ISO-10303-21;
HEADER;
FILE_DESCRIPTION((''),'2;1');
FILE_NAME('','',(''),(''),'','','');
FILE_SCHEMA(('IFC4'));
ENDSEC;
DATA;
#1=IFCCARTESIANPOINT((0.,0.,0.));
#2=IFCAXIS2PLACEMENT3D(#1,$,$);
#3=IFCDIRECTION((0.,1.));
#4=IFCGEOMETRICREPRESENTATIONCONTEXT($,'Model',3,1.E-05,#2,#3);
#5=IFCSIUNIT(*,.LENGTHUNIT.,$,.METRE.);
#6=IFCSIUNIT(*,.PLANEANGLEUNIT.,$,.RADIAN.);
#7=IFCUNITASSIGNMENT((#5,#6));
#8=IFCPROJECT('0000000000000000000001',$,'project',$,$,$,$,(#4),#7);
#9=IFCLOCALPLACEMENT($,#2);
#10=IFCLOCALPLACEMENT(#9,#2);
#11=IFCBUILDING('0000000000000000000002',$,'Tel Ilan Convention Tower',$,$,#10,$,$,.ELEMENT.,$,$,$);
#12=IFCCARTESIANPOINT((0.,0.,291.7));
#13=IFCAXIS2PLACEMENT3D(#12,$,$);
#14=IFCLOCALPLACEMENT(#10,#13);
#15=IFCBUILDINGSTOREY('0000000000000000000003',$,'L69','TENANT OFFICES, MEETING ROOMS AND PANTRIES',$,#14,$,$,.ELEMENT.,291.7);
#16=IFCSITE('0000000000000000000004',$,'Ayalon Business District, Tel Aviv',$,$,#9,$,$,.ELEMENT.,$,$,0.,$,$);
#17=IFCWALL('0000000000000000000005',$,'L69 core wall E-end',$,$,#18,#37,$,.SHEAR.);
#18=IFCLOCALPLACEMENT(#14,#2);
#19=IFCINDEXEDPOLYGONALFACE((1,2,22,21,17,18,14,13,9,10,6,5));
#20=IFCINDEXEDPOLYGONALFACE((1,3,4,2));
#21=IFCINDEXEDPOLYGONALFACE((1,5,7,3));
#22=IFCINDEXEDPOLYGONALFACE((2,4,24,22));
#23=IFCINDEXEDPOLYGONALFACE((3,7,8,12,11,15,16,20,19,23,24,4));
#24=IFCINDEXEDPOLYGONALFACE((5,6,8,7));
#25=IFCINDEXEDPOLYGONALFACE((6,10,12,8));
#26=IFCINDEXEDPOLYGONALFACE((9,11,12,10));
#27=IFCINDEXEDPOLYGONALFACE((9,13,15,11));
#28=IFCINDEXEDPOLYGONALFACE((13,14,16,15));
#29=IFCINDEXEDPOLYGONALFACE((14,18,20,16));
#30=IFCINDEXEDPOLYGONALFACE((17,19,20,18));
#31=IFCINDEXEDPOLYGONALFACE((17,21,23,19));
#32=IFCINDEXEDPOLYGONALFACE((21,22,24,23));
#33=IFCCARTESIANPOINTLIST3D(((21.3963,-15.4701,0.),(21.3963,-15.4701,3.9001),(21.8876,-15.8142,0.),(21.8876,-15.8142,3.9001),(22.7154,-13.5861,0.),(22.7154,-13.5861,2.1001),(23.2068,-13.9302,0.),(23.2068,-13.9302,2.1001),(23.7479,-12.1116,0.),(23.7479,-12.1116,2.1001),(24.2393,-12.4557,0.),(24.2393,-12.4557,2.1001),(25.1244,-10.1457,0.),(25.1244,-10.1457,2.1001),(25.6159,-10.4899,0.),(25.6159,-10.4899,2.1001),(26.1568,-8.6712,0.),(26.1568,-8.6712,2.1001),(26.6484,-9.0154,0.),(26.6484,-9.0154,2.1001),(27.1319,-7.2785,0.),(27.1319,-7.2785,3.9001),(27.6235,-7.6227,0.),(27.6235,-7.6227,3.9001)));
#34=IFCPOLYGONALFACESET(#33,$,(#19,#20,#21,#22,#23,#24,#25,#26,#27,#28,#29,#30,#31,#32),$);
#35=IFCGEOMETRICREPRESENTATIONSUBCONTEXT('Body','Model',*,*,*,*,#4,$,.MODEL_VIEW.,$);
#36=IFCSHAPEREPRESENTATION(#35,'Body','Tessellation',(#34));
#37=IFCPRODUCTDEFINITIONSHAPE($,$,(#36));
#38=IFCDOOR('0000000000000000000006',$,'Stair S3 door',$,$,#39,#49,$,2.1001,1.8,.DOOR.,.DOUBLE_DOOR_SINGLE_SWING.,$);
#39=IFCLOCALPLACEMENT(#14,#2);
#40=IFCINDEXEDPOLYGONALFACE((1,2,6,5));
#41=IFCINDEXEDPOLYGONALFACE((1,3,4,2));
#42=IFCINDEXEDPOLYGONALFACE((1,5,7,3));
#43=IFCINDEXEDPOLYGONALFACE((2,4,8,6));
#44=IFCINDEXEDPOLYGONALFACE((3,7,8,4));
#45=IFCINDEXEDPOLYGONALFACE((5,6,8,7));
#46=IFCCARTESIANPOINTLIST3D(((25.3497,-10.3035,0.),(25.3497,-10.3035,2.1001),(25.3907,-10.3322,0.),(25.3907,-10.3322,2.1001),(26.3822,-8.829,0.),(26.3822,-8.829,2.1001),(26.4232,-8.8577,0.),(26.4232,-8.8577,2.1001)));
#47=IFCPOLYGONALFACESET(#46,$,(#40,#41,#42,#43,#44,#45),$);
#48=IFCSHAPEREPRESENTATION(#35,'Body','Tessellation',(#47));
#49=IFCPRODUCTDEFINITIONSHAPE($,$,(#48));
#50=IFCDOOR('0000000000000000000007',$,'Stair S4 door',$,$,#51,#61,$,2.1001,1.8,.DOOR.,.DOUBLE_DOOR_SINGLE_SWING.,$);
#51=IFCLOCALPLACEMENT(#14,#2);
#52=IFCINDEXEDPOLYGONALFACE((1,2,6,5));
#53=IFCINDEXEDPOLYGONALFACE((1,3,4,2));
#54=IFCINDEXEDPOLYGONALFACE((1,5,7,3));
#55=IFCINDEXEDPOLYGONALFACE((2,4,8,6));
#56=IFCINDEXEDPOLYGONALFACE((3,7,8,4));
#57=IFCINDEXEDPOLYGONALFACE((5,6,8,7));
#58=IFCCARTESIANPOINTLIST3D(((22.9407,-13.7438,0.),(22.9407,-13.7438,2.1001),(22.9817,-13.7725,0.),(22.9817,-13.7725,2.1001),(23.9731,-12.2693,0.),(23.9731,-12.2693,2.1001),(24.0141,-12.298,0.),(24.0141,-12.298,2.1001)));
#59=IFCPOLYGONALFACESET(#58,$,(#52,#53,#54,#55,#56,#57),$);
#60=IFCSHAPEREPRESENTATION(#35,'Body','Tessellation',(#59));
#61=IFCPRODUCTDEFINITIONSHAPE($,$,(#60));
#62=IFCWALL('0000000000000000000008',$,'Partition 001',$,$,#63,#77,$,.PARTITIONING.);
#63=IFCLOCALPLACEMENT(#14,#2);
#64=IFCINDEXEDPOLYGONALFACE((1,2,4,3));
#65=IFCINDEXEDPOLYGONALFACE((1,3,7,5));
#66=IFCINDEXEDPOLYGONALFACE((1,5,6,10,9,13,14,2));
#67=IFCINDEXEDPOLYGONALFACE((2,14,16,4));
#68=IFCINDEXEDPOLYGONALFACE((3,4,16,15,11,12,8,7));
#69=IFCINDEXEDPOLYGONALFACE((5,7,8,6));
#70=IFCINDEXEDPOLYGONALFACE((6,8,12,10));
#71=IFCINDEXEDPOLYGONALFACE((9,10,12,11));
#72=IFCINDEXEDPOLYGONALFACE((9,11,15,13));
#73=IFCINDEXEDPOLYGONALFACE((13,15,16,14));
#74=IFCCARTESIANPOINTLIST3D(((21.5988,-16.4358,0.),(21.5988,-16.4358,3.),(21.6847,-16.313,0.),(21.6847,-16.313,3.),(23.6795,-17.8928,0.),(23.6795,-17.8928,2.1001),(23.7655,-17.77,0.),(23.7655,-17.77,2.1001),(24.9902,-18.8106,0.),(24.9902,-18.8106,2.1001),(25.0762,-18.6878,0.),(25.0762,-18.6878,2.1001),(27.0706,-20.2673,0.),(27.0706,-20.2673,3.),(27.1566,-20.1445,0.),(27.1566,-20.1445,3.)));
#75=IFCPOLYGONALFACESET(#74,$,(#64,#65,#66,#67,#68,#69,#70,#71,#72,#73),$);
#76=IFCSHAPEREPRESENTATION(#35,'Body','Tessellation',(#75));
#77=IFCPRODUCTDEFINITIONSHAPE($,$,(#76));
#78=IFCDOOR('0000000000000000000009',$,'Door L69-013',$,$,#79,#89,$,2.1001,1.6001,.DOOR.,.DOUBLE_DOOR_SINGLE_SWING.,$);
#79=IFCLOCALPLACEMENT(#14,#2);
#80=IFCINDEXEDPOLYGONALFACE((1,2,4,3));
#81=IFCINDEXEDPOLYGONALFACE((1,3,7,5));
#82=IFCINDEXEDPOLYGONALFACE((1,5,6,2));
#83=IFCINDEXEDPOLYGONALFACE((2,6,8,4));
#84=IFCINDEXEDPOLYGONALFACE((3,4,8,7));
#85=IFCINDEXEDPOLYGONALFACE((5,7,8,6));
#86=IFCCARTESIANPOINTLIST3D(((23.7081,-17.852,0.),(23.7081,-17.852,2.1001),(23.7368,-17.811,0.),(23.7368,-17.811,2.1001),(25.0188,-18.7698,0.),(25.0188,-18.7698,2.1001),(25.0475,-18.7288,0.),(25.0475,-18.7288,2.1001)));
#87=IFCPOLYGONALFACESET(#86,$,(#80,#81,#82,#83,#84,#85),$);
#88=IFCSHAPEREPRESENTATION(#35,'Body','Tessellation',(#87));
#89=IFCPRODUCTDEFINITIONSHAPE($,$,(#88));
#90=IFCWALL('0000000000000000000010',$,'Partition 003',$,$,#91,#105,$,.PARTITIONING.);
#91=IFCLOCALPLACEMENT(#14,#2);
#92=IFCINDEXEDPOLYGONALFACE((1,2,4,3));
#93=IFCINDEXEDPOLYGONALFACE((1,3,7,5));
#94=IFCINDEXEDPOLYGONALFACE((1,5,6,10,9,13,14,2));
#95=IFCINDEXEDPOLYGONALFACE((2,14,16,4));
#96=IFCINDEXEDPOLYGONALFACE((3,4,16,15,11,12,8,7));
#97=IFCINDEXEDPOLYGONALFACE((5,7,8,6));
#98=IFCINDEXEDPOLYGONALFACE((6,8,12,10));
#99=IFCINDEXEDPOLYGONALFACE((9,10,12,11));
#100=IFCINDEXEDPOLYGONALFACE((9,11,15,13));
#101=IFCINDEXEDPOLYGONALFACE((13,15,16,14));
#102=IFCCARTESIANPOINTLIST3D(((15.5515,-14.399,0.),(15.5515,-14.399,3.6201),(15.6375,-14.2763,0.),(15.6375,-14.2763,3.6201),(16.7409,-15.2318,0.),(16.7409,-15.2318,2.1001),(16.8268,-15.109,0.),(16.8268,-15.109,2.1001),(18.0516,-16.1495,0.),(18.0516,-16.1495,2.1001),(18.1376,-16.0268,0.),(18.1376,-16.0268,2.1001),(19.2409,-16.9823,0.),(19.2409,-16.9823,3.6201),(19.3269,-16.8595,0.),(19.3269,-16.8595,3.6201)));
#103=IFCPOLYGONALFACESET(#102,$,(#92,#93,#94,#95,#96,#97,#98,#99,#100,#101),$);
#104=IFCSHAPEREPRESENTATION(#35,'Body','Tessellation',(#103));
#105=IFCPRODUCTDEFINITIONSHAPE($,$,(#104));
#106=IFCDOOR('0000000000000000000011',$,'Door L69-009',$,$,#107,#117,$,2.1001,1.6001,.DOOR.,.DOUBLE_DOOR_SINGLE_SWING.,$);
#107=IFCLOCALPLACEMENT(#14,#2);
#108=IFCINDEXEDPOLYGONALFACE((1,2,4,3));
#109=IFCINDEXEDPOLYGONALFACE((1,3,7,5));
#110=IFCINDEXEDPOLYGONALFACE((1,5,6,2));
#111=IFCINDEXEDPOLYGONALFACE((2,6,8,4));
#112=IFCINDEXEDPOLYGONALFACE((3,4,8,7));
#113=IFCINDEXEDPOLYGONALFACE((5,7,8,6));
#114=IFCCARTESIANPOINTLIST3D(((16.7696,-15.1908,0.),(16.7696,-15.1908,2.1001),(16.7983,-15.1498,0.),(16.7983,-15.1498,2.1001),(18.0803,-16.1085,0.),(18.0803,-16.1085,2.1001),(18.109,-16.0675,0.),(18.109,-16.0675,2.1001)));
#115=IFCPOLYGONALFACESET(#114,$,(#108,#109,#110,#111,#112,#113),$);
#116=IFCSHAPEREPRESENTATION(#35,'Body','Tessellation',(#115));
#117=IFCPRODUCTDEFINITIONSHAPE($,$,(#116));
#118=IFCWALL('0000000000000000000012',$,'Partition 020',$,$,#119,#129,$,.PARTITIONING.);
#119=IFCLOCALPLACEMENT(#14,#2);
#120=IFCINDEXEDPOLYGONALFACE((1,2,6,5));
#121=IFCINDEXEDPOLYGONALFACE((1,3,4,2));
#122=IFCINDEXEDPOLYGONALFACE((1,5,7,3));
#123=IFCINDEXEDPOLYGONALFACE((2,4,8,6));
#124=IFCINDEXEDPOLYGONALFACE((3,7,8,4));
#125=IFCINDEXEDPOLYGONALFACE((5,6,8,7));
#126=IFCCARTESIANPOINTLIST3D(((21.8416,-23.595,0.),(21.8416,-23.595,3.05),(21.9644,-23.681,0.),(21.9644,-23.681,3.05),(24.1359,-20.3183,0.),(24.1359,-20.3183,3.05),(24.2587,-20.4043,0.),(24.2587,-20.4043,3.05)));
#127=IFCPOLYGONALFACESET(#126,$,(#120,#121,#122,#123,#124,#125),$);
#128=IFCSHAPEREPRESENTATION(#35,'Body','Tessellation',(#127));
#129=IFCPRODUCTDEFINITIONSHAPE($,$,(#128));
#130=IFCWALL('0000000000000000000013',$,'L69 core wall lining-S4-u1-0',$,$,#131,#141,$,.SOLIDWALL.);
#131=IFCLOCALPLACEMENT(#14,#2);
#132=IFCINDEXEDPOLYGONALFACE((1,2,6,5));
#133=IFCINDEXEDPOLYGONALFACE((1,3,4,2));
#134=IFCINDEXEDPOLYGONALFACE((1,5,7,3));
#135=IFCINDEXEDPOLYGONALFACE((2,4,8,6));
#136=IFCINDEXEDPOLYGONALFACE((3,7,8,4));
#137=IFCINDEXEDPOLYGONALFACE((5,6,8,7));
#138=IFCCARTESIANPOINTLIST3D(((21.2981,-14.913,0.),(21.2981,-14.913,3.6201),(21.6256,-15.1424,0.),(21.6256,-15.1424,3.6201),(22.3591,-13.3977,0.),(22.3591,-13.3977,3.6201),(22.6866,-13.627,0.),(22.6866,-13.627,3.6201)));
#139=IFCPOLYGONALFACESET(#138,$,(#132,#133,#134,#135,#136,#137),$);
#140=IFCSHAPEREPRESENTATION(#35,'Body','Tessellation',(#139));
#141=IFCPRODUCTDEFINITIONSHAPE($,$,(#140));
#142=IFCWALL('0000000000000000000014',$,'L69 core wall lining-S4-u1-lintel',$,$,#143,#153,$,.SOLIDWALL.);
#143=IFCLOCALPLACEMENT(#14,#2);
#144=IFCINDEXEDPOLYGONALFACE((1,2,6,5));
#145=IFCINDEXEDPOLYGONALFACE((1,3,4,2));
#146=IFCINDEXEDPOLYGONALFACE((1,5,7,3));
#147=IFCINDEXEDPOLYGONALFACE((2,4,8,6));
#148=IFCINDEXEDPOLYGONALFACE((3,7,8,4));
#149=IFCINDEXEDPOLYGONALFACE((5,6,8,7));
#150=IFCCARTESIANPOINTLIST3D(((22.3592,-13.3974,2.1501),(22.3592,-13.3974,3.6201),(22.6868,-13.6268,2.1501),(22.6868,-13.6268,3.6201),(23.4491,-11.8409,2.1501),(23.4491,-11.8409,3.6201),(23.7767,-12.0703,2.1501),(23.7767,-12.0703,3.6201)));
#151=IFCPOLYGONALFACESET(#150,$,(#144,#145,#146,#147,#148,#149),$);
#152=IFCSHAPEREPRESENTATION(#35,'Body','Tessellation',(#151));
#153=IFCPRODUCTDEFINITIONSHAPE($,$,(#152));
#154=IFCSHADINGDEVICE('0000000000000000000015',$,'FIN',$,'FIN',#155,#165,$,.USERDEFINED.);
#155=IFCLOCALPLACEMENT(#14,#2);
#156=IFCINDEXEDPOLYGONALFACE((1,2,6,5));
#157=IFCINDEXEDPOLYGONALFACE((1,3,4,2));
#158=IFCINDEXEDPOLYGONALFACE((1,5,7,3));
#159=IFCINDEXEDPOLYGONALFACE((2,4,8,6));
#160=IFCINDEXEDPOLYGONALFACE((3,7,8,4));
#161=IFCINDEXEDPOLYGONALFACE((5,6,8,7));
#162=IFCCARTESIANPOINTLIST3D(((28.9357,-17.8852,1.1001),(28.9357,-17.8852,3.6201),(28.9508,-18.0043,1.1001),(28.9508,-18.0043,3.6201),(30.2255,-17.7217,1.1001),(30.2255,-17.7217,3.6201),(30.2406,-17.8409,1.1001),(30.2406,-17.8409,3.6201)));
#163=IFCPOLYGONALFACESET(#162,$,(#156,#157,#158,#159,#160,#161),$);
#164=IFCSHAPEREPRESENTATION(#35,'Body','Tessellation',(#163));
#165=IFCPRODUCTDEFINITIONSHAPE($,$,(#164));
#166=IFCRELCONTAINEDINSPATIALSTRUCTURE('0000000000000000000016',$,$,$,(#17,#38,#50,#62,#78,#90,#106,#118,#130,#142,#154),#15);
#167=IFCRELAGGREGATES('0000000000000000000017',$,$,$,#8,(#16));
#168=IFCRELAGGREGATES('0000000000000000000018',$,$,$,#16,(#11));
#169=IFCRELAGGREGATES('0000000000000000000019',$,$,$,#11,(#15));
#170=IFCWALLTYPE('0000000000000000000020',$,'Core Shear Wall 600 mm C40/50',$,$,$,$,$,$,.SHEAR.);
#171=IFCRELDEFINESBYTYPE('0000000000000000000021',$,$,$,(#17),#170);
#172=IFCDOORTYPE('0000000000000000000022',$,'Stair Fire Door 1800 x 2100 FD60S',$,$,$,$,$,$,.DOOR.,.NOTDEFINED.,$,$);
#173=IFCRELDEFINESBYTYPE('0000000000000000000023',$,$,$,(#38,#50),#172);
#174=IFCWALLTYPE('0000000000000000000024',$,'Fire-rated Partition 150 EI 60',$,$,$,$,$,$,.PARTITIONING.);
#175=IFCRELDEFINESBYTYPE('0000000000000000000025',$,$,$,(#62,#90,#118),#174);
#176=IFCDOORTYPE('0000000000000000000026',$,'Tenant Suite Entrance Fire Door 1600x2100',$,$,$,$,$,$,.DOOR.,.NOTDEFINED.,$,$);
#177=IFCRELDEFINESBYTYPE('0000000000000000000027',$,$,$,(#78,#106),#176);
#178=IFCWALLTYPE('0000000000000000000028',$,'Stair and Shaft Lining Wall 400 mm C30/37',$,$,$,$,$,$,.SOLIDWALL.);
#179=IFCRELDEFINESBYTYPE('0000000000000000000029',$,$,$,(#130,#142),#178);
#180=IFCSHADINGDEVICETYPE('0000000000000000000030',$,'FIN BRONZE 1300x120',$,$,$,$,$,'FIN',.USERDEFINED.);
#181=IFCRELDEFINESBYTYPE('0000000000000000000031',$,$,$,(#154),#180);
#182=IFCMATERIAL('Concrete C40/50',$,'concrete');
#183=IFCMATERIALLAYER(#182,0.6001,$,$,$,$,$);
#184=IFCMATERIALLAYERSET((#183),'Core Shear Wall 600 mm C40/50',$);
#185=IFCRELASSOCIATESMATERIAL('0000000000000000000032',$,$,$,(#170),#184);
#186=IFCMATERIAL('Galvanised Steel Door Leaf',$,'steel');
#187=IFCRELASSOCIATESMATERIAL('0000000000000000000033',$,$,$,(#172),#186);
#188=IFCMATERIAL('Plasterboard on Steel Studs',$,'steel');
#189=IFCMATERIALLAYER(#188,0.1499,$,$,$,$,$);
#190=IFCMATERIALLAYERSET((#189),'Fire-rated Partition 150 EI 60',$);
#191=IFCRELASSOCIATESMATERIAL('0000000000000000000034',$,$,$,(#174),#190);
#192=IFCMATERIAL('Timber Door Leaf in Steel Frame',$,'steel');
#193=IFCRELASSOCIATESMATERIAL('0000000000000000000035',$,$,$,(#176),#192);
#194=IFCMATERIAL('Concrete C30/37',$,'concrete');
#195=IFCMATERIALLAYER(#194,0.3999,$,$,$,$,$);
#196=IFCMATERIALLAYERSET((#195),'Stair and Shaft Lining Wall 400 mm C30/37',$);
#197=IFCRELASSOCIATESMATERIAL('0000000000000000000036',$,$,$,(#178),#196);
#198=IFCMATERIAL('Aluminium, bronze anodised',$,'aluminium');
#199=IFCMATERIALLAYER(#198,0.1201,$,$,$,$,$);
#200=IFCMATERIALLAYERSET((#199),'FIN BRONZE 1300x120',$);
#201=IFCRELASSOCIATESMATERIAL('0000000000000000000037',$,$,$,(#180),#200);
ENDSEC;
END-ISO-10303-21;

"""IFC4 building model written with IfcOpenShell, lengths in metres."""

from ifc_helpers import new_model, si_unit, direction, frame, frame_2d, origin, origin_2d, place, context, subcontext, project, spatial, polyline, rectangle, outline, extrude, material, layer, layer_set, type_object, element, fill, save


model = new_model("IFC4")

# Units and contexts
model_context = context("Model", 3, precision=1e-05, world=origin(), true_north=direction((0.0, 1.0)))
body_context = subcontext(model_context, "Body", "Model", "MODEL_VIEW")
ifc_project = project(units=[si_unit("LENGTHUNIT", "METRE"), si_unit("PLANEANGLEUNIT", "RADIAN")], contexts=[model_context])

# Site, building, storey
site_placement = place(None, origin())
site = spatial("IfcSite", under=ifc_project, at=site_placement, Name="Ayalon Business District, Tel Aviv", CompositionType="ELEMENT", RefElevation=0.0)
building_placement = place(site_placement, origin())
building = spatial("IfcBuilding", under=site, at=building_placement, Name="Tel Ilan Convention Tower", CompositionType="ELEMENT")
storey_placement = place(building_placement, frame((0.0, 0.0, 291.7)))
storey = spatial("IfcBuildingStorey", under=building, at=storey_placement, Name="L69", Description="TENANT OFFICES, MEETING ROOMS AND PANTRIES", CompositionType="ELEMENT", Elevation=291.7)

# Wall, openings, doors
ifc_material_1 = material(Name="Concrete C40/50", Category="concrete")
ifc_layer_1 = layer(ifc_material_1, 0.6001)
ifc_layer_set_1 = layer_set([ifc_layer_1], Name="Core Shear Wall 600 mm C40/50")
wall_type_1 = type_object("IfcWallType", Name="Core Shear Wall 600 mm C40/50", PredefinedType="SHEAR", material=ifc_layer_set_1)
wall_1_placement = place(storey_placement, frame((21.6418, -15.6421, 0.0), z_axis=(0.0, 0.0, 1.0), x_axis=(0.573587, 0.819145, 0.0)))
wall_1 = element("IfcWall", 1, at=wall_1_placement, inside=storey, type_object=wall_type_1, Name="L69 core wall E-end", PredefinedType="SHEAR", context=body_context, shape_type="SweptSolid", body=[
    extrude(outline(polyline([(10.0, 0.3), (0.0, 0.2998), (0.0, -0.3), (10.0, -0.3), (10.0, 0.3)])), origin(), (0.0, 0.0, 1.0), 3.9001),
])
opening_1_placement = place(wall_1_placement, frame((6.5, 0.0, 0.0)))
opening_1 = element("IfcOpeningElement", 2, at=opening_1_placement, cuts=wall_1, PredefinedType="OPENING", context=body_context, shape_type="SweptSolid", body=[
    extrude(rectangle(XDim=1.8, YDim=2.1001, at=frame_2d((0.8999, 1.05))), frame((0.0, 0.3101, 0.0), z_axis=(0.0, -1.0, 0.0), x_axis=(1.0, 0.0, 0.0)), (0.0, 0.0, 1.0), 0.6201),
])
opening_2_placement = place(wall_1_placement, frame((2.3, 0.0, 0.0)))
opening_2 = element("IfcOpeningElement", 3, at=opening_2_placement, cuts=wall_1, PredefinedType="OPENING", context=body_context, shape_type="SweptSolid", body=[
    extrude(rectangle(XDim=1.8, YDim=2.1001, at=frame_2d((0.8999, 1.05))), frame((0.0, 0.3101, 0.0), z_axis=(0.0, -1.0, 0.0), x_axis=(1.0, 0.0, 0.0)), (0.0, 0.0, 1.0), 0.6201),
])
ifc_material_2 = material(Name="Galvanised Steel Door Leaf", Category="steel")
door_type_1 = type_object("IfcDoorType", Name="Stair Fire Door 1800 x 2100 FD60S", OperationType="NOTDEFINED", PredefinedType="DOOR", material=ifc_material_2)
door_1_placement = place(opening_1_placement, origin())
door_1 = element("IfcDoor", 4, at=door_1_placement, inside=storey, type_object=door_type_1, Name="Stair S3 door", OperationType="DOUBLE_DOOR_SINGLE_SWING", OverallHeight=2.1001, OverallWidth=1.8, PredefinedType="DOOR", context=body_context, shape_type="SweptSolid", body=[
    extrude(rectangle(XDim=1.8, YDim=2.1001, at=frame_2d((0.8999, 1.05))), frame((0.0, 0.0249, 0.0), z_axis=(0.0, -1.0, 0.0), x_axis=(1.0, 0.0, 0.0)), (0.0, 0.0, 1.0), 0.05),
])
fill(opening_1, door_1)
door_2_placement = place(opening_2_placement, origin())
door_2 = element("IfcDoor", 5, at=door_2_placement, inside=storey, type_object=door_type_1, Name="Stair S4 door", OperationType="DOUBLE_DOOR_SINGLE_SWING", OverallHeight=2.1001, OverallWidth=1.8, PredefinedType="DOOR", context=body_context, shape_type="SweptSolid", body=[
    extrude(rectangle(XDim=1.8, YDim=2.1001, at=frame_2d((0.8999, 1.05))), frame((0.0, 0.0249, 0.0), z_axis=(0.0, -1.0, 0.0), x_axis=(1.0, 0.0, 0.0)), (0.0, 0.0, 1.0), 0.05),
])
fill(opening_2, door_2)

# Walls, openings, doors
ifc_material_3 = material(Name="Plasterboard on Steel Studs", Category="steel")
ifc_layer_2 = layer(ifc_material_3, 0.1499)
ifc_layer_set_2 = layer_set([ifc_layer_2], Name="Fire-rated Partition 150 EI 60")
wall_type_2 = type_object("IfcWallType", Name="Fire-rated Partition 150 EI 60", PredefinedType="PARTITIONING", material=ifc_layer_set_2)
wall_2_placement = place(storey_placement, frame((21.6418, -16.3745, 0.0), z_axis=(0.0, 0.0, 1.0), x_axis=(0.819148, -0.573583, 0.0)))
wall_2 = element("IfcWall", 6, at=wall_2_placement, inside=storey, type_object=wall_type_2, Name="Partition 001", PredefinedType="PARTITIONING", context=body_context, shape_type="SweptSolid", body=[
    extrude(rectangle(XDim=6.6799, YDim=0.1499, at=frame_2d((3.3398, 0.0))), origin(), (0.0, 0.0, 1.0), 3.0),
])
opening_3_placement = place(wall_2_placement, frame((2.54, 0.0, 0.0)))
opening_3 = element("IfcOpeningElement", 7, at=opening_3_placement, cuts=wall_2, PredefinedType="OPENING", context=body_context, shape_type="SweptSolid", body=[
    extrude(rectangle(XDim=1.6001, YDim=2.1001, at=frame_2d((0.8, 1.05))), frame((0.0, 0.085, 0.0), z_axis=(0.0, -1.0, 0.0), x_axis=(1.0, 0.0, 0.0)), (0.0, 0.0, 1.0), 0.1699),
])
ifc_material_4 = material(Name="Timber Door Leaf in Steel Frame", Category="steel")
door_type_2 = type_object("IfcDoorType", Name="Tenant Suite Entrance Fire Door 1600x2100", OperationType="NOTDEFINED", PredefinedType="DOOR", material=ifc_material_4)
door_3_placement = place(opening_3_placement, origin())
door_3 = element("IfcDoor", 8, at=door_3_placement, inside=storey, type_object=door_type_2, Name="Door L69-013", OperationType="DOUBLE_DOOR_SINGLE_SWING", OverallHeight=2.1001, OverallWidth=1.6001, PredefinedType="DOOR", context=body_context, shape_type="SweptSolid", body=[
    extrude(rectangle(XDim=1.6001, YDim=2.1001, at=frame_2d((0.8, 1.05))), frame((0.0, 0.0249, 0.0), z_axis=(0.0, -1.0, 0.0), x_axis=(1.0, 0.0, 0.0)), (0.0, 0.0, 1.0), 0.05),
])
fill(opening_3, door_3)
wall_3_placement = place(storey_placement, frame((19.2839, -16.9209, 0.0), z_axis=(0.0, 0.0, 1.0), x_axis=(-0.819166, 0.573557, 0.0)))
wall_3 = element("IfcWall", 9, at=wall_3_placement, inside=storey, type_object=wall_type_2, Name="Partition 003", PredefinedType="PARTITIONING", context=body_context, shape_type="SweptSolid", body=[
    extrude(rectangle(XDim=4.5039, YDim=0.1499, at=frame_2d((2.252, 0.0))), origin(), (0.0, 0.0, 1.0), 3.6201),
])
opening_4_placement = place(wall_3_placement, frame((1.4519, 0.0, 0.0)))
opening_4 = element("IfcOpeningElement", 10, at=opening_4_placement, cuts=wall_3, PredefinedType="OPENING", context=body_context, shape_type="SweptSolid", body=[
    extrude(rectangle(XDim=1.6001, YDim=2.1001, at=frame_2d((0.8, 1.05))), frame((0.0, 0.085, 0.0), z_axis=(0.0, -1.0, 0.0), x_axis=(1.0, 0.0, 0.0)), (0.0, 0.0, 1.0), 0.1699),
])
door_4_placement = place(opening_4_placement, origin())
door_4 = element("IfcDoor", 11, at=door_4_placement, inside=storey, type_object=door_type_2, Name="Door L69-009", OperationType="DOUBLE_DOOR_SINGLE_SWING", OverallHeight=2.1001, OverallWidth=1.6001, PredefinedType="DOOR", context=body_context, shape_type="SweptSolid", body=[
    extrude(rectangle(XDim=1.6001, YDim=2.1001, at=frame_2d((0.8, 1.05))), frame((0.0, 0.0249, 0.0), z_axis=(0.0, -1.0, 0.0), x_axis=(1.0, 0.0, 0.0)), (0.0, 0.0, 1.0), 0.05),
])
fill(opening_4, door_4)

# Walls
wall_4_placement = place(storey_placement, frame((24.1973, -20.3613, 0.0), z_axis=(0.0, 0.0, 1.0), x_axis=(-0.573557, -0.819166, 0.0)))
element("IfcWall", 12, at=wall_4_placement, inside=storey, type_object=wall_type_2, Name="Partition 020", PredefinedType="PARTITIONING", context=body_context, shape_type="SweptSolid", body=[
    extrude(rectangle(XDim=4.0, YDim=0.1499, at=frame_2d((2.0, 0.0))), origin(), (0.0, 0.0, 1.0), 3.05),
])
ifc_material_5 = material(Name="Concrete C30/37", Category="concrete")
ifc_layer_3 = layer(ifc_material_5, 0.3999)
ifc_layer_set_3 = layer_set([ifc_layer_3], Name="Stair and Shaft Lining Wall 400 mm C30/37")
wall_type_3 = type_object("IfcWallType", Name="Stair and Shaft Lining Wall 400 mm C30/37", PredefinedType="SOLIDWALL", material=ifc_layer_set_3)
wall_5_placement = place(storey_placement, frame((21.4619, -15.0276, 0.0), z_axis=(0.0, 0.0, 1.0), x_axis=(0.57356, 0.819164, 0.0)))
element("IfcWall", 13, at=wall_5_placement, inside=storey, type_object=wall_type_3, Name="L69 core wall lining-S4-u1-0", PredefinedType="SOLIDWALL", context=body_context, shape_type="SweptSolid", body=[
    extrude(rectangle(XDim=1.8499, YDim=0.3999, at=frame_2d((0.9248, 0.0))), origin(), (0.0, 0.0, 1.0), 3.6201),
])
wall_6_placement = place(storey_placement, frame((22.5229, -13.5122, 2.1501), z_axis=(0.0, 0.0, 1.0), x_axis=(0.573592, 0.819141, 0.0)))
element("IfcWall", 14, at=wall_6_placement, inside=storey, type_object=wall_type_3, Name="L69 core wall lining-S4-u1-lintel", PredefinedType="SOLIDWALL", context=body_context, shape_type="SweptSolid", body=[
    extrude(rectangle(XDim=1.9001, YDim=0.3999, at=frame_2d((0.9502, 0.0))), origin(), (0.0, 0.0, 1.0), 1.47),
])

# Shading device
ifc_material_6 = material(Name="Aluminium, bronze anodised", Category="aluminium")
ifc_layer_4 = layer(ifc_material_6, 0.1201)
ifc_layer_set_4 = layer_set([ifc_layer_4], Name="FIN BRONZE 1300x120")
shading_device_type = type_object("IfcShadingDeviceType", Name="FIN BRONZE 1300x120", ElementType="FIN", PredefinedType="USERDEFINED", material=ifc_layer_set_4)
for number, where, z_axis, x_axis, name in (
    (15, (29.5881, -17.863, 1.1001), (0.0, 0.0, 1.0), (0.992066, 0.125718, 0.0), "FIN"),
):
    element("IfcShadingDevice", number, at=place(storey_placement, frame(where, z_axis=z_axis, x_axis=x_axis)), inside=storey, type_object=shading_device_type, Name=name, ObjectType="FIN", PredefinedType="USERDEFINED", context=body_context, shape_type="SweptSolid", body=[
        extrude(rectangle(XDim=1.3, YDim=0.1201, at=origin_2d()), origin(), (0.0, 0.0, 1.0), 2.52),
    ])

save(model, "model.ifc")
